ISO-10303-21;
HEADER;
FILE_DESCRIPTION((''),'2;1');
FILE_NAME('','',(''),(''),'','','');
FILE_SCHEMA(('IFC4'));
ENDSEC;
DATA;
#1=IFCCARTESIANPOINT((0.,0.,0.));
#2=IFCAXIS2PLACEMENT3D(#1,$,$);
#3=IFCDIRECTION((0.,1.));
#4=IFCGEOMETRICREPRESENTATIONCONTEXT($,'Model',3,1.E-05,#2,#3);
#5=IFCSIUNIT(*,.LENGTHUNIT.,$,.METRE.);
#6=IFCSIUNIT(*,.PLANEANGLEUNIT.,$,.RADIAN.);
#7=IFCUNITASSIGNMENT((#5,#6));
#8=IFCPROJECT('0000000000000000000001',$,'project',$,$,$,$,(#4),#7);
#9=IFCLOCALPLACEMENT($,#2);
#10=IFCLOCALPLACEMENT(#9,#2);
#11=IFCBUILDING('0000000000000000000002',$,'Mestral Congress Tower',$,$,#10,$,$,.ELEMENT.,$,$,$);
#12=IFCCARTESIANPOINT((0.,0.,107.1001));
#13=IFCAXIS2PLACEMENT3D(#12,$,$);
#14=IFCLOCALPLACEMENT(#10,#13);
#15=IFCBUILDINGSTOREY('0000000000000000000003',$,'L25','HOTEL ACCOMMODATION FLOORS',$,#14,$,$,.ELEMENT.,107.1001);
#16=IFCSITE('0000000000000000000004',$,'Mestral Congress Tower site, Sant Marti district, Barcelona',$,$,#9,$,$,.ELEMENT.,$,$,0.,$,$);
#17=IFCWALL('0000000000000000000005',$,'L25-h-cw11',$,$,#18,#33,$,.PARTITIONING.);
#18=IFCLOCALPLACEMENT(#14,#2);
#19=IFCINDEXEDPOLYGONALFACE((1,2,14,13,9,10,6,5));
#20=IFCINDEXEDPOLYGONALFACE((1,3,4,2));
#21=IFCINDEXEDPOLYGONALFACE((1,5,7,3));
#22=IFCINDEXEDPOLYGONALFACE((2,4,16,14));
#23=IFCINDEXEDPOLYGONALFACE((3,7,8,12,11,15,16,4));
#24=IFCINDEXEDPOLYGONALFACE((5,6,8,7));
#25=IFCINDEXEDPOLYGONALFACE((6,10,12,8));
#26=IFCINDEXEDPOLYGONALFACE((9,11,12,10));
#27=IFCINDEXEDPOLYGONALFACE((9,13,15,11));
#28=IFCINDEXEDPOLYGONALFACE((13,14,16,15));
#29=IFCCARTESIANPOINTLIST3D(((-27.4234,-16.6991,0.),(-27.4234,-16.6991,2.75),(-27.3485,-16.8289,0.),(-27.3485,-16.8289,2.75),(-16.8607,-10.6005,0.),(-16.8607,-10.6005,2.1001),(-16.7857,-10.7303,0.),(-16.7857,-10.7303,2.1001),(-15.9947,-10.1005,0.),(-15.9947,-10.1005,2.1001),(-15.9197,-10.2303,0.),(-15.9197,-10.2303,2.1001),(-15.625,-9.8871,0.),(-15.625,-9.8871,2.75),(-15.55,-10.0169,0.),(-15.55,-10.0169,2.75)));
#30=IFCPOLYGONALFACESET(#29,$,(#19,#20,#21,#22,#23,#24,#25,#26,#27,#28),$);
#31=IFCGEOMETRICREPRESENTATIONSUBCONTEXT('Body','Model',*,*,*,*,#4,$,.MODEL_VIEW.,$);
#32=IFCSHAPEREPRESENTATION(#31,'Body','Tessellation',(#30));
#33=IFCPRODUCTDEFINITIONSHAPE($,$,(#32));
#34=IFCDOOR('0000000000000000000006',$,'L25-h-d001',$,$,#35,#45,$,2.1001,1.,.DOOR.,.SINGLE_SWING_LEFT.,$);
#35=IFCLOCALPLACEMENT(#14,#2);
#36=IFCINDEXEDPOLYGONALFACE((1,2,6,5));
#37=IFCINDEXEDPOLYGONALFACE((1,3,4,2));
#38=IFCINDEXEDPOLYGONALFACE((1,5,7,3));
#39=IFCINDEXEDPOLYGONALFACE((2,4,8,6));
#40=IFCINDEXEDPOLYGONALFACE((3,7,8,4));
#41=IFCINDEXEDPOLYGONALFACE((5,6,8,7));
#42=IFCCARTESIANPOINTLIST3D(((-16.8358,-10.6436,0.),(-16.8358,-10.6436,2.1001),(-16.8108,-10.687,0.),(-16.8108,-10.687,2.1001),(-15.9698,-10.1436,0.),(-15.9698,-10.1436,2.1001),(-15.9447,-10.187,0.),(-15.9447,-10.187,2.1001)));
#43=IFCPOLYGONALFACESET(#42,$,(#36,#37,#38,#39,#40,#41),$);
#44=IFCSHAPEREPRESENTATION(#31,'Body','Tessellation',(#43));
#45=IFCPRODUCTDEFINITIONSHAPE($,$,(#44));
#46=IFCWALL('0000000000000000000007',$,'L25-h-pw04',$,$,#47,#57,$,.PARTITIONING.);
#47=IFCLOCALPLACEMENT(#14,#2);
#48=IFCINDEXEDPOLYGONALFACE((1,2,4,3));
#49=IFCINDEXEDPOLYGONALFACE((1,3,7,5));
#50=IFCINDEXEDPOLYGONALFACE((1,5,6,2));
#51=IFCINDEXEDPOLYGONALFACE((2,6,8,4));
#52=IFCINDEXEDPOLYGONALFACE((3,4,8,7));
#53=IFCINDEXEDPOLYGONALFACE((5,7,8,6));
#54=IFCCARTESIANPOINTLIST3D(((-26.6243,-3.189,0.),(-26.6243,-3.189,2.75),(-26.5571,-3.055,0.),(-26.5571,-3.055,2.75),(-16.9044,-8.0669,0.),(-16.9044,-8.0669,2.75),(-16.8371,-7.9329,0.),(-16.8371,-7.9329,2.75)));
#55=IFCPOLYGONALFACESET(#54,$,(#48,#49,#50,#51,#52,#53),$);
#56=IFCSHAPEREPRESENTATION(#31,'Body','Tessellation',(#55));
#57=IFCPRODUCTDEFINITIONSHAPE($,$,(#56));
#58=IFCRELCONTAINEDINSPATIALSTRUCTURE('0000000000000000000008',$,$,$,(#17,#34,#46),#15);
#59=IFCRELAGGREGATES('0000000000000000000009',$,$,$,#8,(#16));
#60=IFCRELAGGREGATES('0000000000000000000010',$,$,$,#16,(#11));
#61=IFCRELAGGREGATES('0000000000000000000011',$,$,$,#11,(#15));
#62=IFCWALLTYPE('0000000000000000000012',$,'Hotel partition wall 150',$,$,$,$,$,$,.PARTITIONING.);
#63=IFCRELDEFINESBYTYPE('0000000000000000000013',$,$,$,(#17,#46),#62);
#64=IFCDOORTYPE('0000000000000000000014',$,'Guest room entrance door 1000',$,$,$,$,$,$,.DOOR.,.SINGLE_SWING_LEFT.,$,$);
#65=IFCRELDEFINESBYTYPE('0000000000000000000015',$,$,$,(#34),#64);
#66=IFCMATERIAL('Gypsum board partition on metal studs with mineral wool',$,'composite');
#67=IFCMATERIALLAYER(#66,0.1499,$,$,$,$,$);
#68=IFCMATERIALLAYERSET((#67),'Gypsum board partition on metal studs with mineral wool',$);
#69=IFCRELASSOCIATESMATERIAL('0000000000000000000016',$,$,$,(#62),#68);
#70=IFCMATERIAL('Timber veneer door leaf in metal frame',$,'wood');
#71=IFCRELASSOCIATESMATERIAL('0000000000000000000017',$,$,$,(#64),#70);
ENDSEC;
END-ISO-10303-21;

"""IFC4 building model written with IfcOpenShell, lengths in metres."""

from ifc_helpers import new_model, si_unit, direction, frame, frame_2d, origin, place, context, subcontext, project, spatial, rectangle, extrude, material, layer, layer_set, type_object, element, fill, save


model = new_model("IFC4")

# Units and contexts
model_context = context("Model", 3, precision=1e-05, world=origin(), true_north=direction((0.0, 1.0)))
body_context = subcontext(model_context, "Body", "Model", "MODEL_VIEW")
ifc_project = project(units=[si_unit("LENGTHUNIT", "METRE"), si_unit("PLANEANGLEUNIT", "RADIAN")], contexts=[model_context])

# Site, building, storey
site_placement = place(None, origin())
site = spatial("IfcSite", under=ifc_project, at=site_placement, Name="Mestral Congress Tower site, Sant Marti district, Barcelona", CompositionType="ELEMENT", RefElevation=0.0)
building_placement = place(site_placement, origin())
building = spatial("IfcBuilding", under=site, at=building_placement, Name="Mestral Congress Tower", CompositionType="ELEMENT")
storey_placement = place(building_placement, frame((0.0, 0.0, 107.1001)))
storey = spatial("IfcBuildingStorey", under=building, at=storey_placement, Name="L25", Description="HOTEL ACCOMMODATION FLOORS", CompositionType="ELEMENT", Elevation=107.1001)

# Shared definitions
ifc_material_1 = material(Name="Gypsum board partition on metal studs with mineral wool", Category="composite")

# Shared definitions
ifc_layer_1 = layer(ifc_material_1, 0.1499)
ifc_layer_set_1 = layer_set([ifc_layer_1], Name="Gypsum board partition on metal studs with mineral wool")
wall_type_1 = type_object("IfcWallType", Name="Hotel partition wall 150", PredefinedType="PARTITIONING", material=ifc_layer_set_1)
ifc_material_2 = material(Name="Timber veneer door leaf in metal frame", Category="wood")
door_type_1 = type_object("IfcDoorType", Name="Guest room entrance door 1000", OperationType="SINGLE_SWING_LEFT", PredefinedType="DOOR", material=ifc_material_2)

# Wall, opening, door
wall_1_placement = place(storey_placement, frame((-15.5874, -9.9519, 0.0), z_axis=(0.0, 0.0, 1.0), x_axis=(-0.866018, -0.500013, 0.0)))
wall_1 = element("IfcWall", 1, at=wall_1_placement, inside=storey, type_object=wall_type_1, Name="L25-h-cw11", PredefinedType="PARTITIONING", context=body_context, shape_type="SweptSolid", body=[
    extrude(rectangle(XDim=13.6238, YDim=0.1499, at=frame_2d((6.812, 0.0))), origin(), (0.0, 0.0, 1.0), 2.75),
])
opening_1_placement = place(wall_1_placement, frame((0.427, 0.0, 0.0)))
opening_1 = element("IfcOpeningElement", 2, at=opening_1_placement, cuts=wall_1, PredefinedType="OPENING", context=body_context, shape_type="SweptSolid", body=[
    extrude(rectangle(XDim=1.0, YDim=2.1001, at=frame_2d((0.5, 1.05))), frame((0.0, 0.085, 0.0), z_axis=(0.0, -1.0, 0.0), x_axis=(1.0, 0.0, 0.0)), (0.0, 0.0, 1.0), 0.1699),
])
door_1_placement = place(opening_1_placement, origin())
door_1 = element("IfcDoor", 3, at=door_1_placement, inside=storey, type_object=door_type_1, Name="L25-h-d001", OperationType="SINGLE_SWING_LEFT", OverallHeight=2.1001, OverallWidth=1.0, PredefinedType="DOOR", context=body_context, shape_type="SweptSolid", body=[
    extrude(rectangle(XDim=1.0, YDim=2.1001, at=frame_2d((0.5, 1.05))), frame((0.0, 0.0249, 0.0), z_axis=(0.0, -1.0, 0.0), x_axis=(1.0, 0.0, 0.0)), (0.0, 0.0, 1.0), 0.05),
])
fill(opening_1, door_1)

# Wall
wall_2_placement = place(storey_placement, frame((-26.5906, -3.1221, 0.0), z_axis=(0.0, 0.0, 1.0), x_axis=(0.893766, -0.448533, 0.0)))
element("IfcWall", 4, at=wall_2_placement, inside=storey, type_object=wall_type_1, Name="L25-h-pw04", PredefinedType="PARTITIONING", context=body_context, shape_type="SweptSolid", body=[
    extrude(rectangle(XDim=10.8752, YDim=0.1499, at=frame_2d((5.4375, 0.0))), origin(), (0.0, 0.0, 1.0), 2.75),
])

save(model, "model.ifc")
